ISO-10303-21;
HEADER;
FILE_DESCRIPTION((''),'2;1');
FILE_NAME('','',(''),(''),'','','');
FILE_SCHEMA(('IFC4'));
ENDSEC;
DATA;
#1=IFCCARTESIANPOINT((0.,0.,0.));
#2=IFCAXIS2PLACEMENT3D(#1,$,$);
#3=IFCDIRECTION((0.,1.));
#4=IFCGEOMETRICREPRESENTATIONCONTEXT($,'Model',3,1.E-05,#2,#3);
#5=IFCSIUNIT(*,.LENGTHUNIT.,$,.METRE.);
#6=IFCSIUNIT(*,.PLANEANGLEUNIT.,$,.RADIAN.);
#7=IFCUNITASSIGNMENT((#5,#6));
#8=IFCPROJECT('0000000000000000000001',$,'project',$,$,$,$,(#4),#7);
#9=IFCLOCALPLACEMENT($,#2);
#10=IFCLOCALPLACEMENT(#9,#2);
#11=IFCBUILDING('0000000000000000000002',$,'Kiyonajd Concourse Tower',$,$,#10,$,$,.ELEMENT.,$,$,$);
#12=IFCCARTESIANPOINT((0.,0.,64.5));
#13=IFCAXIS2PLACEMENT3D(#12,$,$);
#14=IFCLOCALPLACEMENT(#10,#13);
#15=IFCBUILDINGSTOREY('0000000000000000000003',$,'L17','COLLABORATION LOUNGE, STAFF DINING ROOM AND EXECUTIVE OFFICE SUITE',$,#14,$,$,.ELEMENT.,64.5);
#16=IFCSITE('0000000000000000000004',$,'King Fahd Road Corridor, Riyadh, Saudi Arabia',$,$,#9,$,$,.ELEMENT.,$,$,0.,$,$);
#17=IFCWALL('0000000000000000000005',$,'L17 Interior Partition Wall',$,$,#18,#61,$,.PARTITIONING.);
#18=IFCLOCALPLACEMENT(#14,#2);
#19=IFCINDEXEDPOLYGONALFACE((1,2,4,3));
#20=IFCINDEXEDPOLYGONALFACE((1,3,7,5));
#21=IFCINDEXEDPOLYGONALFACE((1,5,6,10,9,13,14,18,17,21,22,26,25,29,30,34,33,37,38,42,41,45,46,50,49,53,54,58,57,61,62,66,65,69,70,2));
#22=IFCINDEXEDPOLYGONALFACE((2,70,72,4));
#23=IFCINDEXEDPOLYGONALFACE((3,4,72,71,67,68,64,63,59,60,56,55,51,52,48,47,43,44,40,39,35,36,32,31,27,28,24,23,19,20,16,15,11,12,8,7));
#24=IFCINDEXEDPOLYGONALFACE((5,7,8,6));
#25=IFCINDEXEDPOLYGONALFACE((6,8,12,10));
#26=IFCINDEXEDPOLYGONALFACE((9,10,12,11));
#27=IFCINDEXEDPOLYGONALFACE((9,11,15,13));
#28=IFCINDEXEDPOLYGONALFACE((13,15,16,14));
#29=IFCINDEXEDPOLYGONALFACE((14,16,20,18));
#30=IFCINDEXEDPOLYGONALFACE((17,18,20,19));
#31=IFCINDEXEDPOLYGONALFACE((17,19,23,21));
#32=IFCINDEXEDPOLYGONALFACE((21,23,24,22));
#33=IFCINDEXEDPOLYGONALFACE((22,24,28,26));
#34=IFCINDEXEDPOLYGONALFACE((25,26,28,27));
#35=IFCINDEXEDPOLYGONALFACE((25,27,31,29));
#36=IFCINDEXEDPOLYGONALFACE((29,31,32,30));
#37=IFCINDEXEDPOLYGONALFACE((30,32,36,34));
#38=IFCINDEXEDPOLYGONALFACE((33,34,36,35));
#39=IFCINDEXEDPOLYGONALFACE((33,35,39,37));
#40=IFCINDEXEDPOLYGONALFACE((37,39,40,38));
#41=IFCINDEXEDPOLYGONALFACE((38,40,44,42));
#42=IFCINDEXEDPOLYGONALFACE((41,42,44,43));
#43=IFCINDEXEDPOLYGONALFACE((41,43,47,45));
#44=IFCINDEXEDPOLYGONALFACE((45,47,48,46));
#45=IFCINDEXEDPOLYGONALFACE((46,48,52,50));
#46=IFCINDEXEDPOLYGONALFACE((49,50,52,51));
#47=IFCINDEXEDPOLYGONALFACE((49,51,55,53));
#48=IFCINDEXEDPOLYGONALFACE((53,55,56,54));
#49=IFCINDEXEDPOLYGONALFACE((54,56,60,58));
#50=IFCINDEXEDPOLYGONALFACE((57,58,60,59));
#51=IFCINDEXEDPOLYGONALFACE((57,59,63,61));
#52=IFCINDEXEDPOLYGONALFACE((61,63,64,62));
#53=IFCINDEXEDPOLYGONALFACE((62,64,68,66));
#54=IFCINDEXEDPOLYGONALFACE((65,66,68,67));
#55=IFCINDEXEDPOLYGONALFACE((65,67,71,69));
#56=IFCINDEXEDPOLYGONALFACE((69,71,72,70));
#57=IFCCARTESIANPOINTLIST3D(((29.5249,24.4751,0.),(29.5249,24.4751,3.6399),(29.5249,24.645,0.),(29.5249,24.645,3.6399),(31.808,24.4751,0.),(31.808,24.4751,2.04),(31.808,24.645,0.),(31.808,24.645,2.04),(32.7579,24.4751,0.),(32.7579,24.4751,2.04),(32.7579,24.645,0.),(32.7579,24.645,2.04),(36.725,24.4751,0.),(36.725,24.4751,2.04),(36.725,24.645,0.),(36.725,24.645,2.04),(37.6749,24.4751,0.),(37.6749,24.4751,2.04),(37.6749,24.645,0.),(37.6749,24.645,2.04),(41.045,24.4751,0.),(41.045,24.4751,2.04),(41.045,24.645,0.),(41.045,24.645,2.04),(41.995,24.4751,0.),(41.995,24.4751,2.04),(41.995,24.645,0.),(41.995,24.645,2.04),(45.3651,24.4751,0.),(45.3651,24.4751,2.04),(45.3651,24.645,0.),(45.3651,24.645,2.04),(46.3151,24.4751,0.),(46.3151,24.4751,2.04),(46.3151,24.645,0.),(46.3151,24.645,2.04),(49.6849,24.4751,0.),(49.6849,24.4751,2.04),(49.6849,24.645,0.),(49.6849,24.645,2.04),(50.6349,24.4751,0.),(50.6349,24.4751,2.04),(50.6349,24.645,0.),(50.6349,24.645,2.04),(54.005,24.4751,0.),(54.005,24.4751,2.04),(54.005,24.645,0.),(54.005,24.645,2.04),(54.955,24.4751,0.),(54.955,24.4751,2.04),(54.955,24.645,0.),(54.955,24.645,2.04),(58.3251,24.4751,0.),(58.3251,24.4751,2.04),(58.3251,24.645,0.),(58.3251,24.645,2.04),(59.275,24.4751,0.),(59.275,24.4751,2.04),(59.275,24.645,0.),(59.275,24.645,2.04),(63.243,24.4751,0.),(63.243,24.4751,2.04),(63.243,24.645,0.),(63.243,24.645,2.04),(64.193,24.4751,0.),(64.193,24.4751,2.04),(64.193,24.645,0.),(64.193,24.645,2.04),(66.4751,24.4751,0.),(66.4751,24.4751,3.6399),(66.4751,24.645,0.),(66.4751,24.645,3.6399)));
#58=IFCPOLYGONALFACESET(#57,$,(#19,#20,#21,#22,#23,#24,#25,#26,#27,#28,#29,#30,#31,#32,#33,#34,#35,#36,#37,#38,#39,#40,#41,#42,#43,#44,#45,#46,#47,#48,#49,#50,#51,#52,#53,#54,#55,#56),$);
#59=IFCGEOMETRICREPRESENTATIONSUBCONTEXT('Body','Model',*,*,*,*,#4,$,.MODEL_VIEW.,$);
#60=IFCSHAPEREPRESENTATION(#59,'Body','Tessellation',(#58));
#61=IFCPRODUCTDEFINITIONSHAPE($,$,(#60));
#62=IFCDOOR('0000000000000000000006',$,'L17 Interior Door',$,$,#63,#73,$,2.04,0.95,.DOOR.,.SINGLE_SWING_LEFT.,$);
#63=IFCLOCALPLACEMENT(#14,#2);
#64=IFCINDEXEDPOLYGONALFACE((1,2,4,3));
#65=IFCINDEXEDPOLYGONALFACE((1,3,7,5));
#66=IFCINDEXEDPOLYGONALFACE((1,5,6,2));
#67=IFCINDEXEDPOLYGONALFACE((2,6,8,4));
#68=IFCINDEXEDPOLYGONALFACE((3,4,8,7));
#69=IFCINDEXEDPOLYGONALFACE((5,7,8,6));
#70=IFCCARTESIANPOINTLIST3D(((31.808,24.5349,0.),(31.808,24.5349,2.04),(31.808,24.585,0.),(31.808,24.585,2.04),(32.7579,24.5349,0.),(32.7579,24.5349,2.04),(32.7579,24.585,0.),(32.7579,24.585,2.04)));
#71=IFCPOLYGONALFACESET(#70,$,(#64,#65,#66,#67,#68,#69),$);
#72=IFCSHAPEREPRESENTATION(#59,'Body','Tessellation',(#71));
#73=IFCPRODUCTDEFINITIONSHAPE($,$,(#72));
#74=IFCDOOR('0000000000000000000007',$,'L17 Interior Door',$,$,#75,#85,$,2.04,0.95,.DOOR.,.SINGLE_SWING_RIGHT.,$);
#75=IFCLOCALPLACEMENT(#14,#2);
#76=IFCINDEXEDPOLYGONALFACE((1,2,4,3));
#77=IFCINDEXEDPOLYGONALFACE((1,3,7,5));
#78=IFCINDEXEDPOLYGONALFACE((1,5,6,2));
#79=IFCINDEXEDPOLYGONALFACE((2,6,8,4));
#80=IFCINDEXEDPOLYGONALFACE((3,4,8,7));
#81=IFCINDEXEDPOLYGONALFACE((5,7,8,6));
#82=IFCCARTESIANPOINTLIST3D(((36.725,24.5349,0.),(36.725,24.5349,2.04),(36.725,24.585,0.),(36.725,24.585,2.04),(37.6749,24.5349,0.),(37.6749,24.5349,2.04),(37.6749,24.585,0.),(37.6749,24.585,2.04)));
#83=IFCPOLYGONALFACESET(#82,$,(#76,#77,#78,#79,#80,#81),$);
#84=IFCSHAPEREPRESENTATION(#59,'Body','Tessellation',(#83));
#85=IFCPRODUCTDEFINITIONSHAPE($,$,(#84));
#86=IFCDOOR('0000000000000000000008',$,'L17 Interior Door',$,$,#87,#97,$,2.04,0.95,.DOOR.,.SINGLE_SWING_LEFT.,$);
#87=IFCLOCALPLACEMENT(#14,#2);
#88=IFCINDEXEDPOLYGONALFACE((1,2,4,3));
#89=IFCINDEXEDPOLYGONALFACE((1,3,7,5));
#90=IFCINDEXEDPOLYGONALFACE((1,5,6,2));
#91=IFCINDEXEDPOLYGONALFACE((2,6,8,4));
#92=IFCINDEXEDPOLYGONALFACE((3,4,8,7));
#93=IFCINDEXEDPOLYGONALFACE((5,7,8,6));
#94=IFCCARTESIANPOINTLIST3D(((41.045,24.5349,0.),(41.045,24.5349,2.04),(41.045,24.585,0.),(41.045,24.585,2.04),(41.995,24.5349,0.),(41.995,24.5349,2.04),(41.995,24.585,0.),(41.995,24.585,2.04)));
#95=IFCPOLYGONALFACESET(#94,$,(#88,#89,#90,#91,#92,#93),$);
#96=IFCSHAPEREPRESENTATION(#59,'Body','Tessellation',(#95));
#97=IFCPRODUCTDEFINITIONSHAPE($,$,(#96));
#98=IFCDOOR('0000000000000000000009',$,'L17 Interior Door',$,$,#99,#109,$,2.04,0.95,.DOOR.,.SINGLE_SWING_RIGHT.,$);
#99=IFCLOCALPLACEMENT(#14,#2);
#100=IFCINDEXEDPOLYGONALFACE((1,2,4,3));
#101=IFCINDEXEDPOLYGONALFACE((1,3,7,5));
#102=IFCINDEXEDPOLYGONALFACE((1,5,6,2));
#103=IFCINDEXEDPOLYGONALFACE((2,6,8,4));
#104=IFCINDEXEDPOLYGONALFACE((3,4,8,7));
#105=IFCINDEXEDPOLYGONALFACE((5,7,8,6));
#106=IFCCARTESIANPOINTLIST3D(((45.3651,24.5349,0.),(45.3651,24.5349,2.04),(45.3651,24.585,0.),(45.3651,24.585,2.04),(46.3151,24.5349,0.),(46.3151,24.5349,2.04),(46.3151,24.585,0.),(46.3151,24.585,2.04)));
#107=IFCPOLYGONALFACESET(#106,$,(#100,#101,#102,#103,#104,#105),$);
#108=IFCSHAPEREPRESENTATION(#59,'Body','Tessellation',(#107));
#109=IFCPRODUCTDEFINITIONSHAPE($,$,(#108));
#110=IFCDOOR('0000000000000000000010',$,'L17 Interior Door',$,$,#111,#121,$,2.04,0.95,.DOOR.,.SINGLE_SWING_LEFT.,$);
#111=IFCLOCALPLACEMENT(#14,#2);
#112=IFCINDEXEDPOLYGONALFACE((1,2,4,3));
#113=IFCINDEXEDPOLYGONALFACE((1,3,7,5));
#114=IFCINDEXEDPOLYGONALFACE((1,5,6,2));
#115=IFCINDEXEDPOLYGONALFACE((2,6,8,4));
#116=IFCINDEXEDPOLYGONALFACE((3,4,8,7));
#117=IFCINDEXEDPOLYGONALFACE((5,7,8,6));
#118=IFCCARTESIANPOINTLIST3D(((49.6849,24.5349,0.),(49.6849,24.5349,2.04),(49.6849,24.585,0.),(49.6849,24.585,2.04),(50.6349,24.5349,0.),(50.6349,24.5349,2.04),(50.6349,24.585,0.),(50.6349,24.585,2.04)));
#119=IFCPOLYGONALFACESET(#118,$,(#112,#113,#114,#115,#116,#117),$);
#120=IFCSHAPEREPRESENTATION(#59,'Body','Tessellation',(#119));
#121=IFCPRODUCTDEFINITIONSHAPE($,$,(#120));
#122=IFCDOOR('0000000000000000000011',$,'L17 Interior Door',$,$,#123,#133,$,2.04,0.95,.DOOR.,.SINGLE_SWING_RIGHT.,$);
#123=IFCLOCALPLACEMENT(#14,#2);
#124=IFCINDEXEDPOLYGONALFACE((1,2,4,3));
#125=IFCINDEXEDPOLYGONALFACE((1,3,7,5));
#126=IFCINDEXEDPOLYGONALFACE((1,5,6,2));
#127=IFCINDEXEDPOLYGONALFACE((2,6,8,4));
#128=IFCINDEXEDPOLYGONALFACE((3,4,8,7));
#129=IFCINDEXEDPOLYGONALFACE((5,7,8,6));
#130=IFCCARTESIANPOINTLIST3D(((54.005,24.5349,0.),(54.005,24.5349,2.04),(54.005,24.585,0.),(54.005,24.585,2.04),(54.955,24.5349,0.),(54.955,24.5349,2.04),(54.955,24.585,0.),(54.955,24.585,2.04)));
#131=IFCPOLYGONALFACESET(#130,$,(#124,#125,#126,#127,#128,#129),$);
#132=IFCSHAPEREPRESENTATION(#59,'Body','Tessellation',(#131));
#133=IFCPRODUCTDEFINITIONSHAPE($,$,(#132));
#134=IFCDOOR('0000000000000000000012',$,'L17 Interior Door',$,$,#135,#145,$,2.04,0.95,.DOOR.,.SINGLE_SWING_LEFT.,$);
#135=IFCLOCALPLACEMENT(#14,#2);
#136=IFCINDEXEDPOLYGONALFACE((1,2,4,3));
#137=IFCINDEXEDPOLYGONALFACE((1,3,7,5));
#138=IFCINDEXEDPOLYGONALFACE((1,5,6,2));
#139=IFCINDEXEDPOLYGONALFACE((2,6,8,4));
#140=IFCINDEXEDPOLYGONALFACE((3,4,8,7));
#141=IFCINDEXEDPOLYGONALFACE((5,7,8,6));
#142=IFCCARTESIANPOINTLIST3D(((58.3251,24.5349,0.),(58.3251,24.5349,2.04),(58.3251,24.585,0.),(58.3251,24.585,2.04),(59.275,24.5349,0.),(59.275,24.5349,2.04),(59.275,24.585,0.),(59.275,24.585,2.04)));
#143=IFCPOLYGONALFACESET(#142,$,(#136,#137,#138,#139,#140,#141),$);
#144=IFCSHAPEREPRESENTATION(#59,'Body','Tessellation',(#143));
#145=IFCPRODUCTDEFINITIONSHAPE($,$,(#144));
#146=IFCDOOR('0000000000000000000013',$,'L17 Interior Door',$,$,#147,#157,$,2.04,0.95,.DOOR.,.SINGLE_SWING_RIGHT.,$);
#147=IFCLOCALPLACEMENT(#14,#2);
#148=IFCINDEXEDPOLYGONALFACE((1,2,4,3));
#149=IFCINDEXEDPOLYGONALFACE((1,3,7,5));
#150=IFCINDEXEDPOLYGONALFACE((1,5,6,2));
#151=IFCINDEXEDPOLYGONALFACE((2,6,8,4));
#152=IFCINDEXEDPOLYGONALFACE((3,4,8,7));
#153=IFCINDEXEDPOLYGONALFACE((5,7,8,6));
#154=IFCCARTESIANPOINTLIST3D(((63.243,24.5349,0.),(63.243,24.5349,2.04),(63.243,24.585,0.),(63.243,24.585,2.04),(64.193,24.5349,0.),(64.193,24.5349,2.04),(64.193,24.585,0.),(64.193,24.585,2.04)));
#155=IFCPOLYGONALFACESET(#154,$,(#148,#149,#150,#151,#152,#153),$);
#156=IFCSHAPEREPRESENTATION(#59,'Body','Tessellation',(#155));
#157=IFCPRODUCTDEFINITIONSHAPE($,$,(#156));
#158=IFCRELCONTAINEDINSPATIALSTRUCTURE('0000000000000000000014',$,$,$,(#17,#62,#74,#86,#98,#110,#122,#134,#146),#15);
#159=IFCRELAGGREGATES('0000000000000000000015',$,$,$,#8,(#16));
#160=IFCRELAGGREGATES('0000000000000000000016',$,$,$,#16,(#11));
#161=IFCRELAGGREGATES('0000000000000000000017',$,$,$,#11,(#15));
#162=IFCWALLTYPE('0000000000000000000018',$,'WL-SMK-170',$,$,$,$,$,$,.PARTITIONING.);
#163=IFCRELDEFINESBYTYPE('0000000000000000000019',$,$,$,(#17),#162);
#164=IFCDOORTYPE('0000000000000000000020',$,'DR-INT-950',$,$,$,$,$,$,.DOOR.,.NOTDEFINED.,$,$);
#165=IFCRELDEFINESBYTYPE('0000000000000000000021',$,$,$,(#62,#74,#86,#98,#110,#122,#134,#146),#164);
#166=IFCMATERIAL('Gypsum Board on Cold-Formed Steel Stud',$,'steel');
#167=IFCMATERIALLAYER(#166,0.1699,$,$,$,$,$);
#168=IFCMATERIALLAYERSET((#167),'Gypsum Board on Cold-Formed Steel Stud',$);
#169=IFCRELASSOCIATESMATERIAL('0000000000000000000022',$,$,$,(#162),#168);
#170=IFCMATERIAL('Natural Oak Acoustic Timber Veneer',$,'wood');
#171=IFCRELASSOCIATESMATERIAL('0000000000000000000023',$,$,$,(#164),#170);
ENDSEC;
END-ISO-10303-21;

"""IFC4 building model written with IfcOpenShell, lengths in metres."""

from ifc_helpers import new_model, si_unit, direction, frame, frame_2d, origin, place, context, subcontext, project, spatial, rectangle, extrude, material, layer, layer_set, type_object, element, fill, save


model = new_model("IFC4")

# Units and contexts
model_context = context("Model", 3, precision=1e-05, world=origin(), true_north=direction((0.0, 1.0)))
body_context = subcontext(model_context, "Body", "Model", "MODEL_VIEW")
ifc_project = project(units=[si_unit("LENGTHUNIT", "METRE"), si_unit("PLANEANGLEUNIT", "RADIAN")], contexts=[model_context])

# Site, building, storey
site_placement = place(None, origin())
site = spatial("IfcSite", under=ifc_project, at=site_placement, Name="King Fahd Road Corridor, Riyadh, Saudi Arabia", CompositionType="ELEMENT", RefElevation=0.0)
building_placement = place(site_placement, origin())
building = spatial("IfcBuilding", under=site, at=building_placement, Name="Kiyonajd Concourse Tower", CompositionType="ELEMENT")
storey_placement = place(building_placement, frame((0.0, 0.0, 64.5)))
storey = spatial("IfcBuildingStorey", under=building, at=storey_placement, Name="L17", Description="COLLABORATION LOUNGE, STAFF DINING ROOM AND EXECUTIVE OFFICE SUITE", CompositionType="ELEMENT", Elevation=64.5)

# Wall, openings, doors
ifc_material_1 = material(Name="Gypsum Board on Cold-Formed Steel Stud", Category="steel")
ifc_layer_1 = layer(ifc_material_1, 0.1699)
ifc_layer_set_1 = layer_set([ifc_layer_1], Name="Gypsum Board on Cold-Formed Steel Stud")
wall_type_1 = type_object("IfcWallType", Name="WL-SMK-170", PredefinedType="PARTITIONING", material=ifc_layer_set_1)
wall_1_placement = place(storey_placement, frame((29.5249, 24.5601, 0.0), z_axis=(0.0, 0.0, 1.0), x_axis=(1.0, 0.0, 0.0)))
wall_1 = element("IfcWall", 1, at=wall_1_placement, inside=storey, type_object=wall_type_1, Name="L17 Interior Partition Wall", PredefinedType="PARTITIONING", context=body_context, shape_type="SweptSolid", body=[
    extrude(rectangle(XDim=36.9502, YDim=0.1699, at=frame_2d((18.4751, 0.0))), origin(), (0.0, 0.0, 1.0), 3.6399),
])
opening_1_placement = place(wall_1_placement, frame((2.283, 0.0, 0.0)))
opening_1 = element("IfcOpeningElement", 2, at=opening_1_placement, cuts=wall_1, PredefinedType="OPENING", context=body_context, shape_type="SweptSolid", body=[
    extrude(rectangle(XDim=0.95, YDim=2.04, at=frame_2d((0.4751, 1.02))), frame((0.0, 0.095, 0.0), z_axis=(0.0, -1.0, 0.0), x_axis=(1.0, 0.0, 0.0)), (0.0, 0.0, 1.0), 0.1899),
])
opening_2_placement = place(wall_1_placement, frame((7.2, 0.0, 0.0)))
opening_2 = element("IfcOpeningElement", 3, at=opening_2_placement, cuts=wall_1, PredefinedType="OPENING", context=body_context, shape_type="SweptSolid", body=[
    extrude(rectangle(XDim=0.95, YDim=2.04, at=frame_2d((0.4751, 1.02))), frame((0.0, 0.095, 0.0), z_axis=(0.0, -1.0, 0.0), x_axis=(1.0, 0.0, 0.0)), (0.0, 0.0, 1.0), 0.1899),
])
opening_3_placement = place(wall_1_placement, frame((11.52, 0.0, 0.0)))
opening_3 = element("IfcOpeningElement", 4, at=opening_3_placement, cuts=wall_1, PredefinedType="OPENING", context=body_context, shape_type="SweptSolid", body=[
    extrude(rectangle(XDim=0.95, YDim=2.04, at=frame_2d((0.4751, 1.02))), frame((0.0, 0.095, 0.0), z_axis=(0.0, -1.0, 0.0), x_axis=(1.0, 0.0, 0.0)), (0.0, 0.0, 1.0), 0.1899),
])
opening_4_placement = place(wall_1_placement, frame((15.8401, 0.0, 0.0)))
opening_4 = element("IfcOpeningElement", 5, at=opening_4_placement, cuts=wall_1, PredefinedType="OPENING", context=body_context, shape_type="SweptSolid", body=[
    extrude(rectangle(XDim=0.95, YDim=2.04, at=frame_2d((0.4751, 1.02))), frame((0.0, 0.095, 0.0), z_axis=(0.0, -1.0, 0.0), x_axis=(1.0, 0.0, 0.0)), (0.0, 0.0, 1.0), 0.1899),
])
opening_5_placement = place(wall_1_placement, frame((20.1599, 0.0, 0.0)))
opening_5 = element("IfcOpeningElement", 6, at=opening_5_placement, cuts=wall_1, PredefinedType="OPENING", context=body_context, shape_type="SweptSolid", body=[
    extrude(rectangle(XDim=0.95, YDim=2.04, at=frame_2d((0.4751, 1.02))), frame((0.0, 0.095, 0.0), z_axis=(0.0, -1.0, 0.0), x_axis=(1.0, 0.0, 0.0)), (0.0, 0.0, 1.0), 0.1899),
])
opening_6_placement = place(wall_1_placement, frame((24.48, 0.0, 0.0)))
opening_6 = element("IfcOpeningElement", 7, at=opening_6_placement, cuts=wall_1, PredefinedType="OPENING", context=body_context, shape_type="SweptSolid", body=[
    extrude(rectangle(XDim=0.95, YDim=2.04, at=frame_2d((0.4751, 1.02))), frame((0.0, 0.095, 0.0), z_axis=(0.0, -1.0, 0.0), x_axis=(1.0, 0.0, 0.0)), (0.0, 0.0, 1.0), 0.1899),
])
opening_7_placement = place(wall_1_placement, frame((28.8, 0.0, 0.0)))
opening_7 = element("IfcOpeningElement", 8, at=opening_7_placement, cuts=wall_1, PredefinedType="OPENING", context=body_context, shape_type="SweptSolid", body=[
    extrude(rectangle(XDim=0.95, YDim=2.04, at=frame_2d((0.4751, 1.02))), frame((0.0, 0.095, 0.0), z_axis=(0.0, -1.0, 0.0), x_axis=(1.0, 0.0, 0.0)), (0.0, 0.0, 1.0), 0.1899),
])
opening_8_placement = place(wall_1_placement, frame((33.718, 0.0, 0.0)))
opening_8 = element("IfcOpeningElement", 9, at=opening_8_placement, cuts=wall_1, PredefinedType="OPENING", context=body_context, shape_type="SweptSolid", body=[
    extrude(rectangle(XDim=0.95, YDim=2.04, at=frame_2d((0.4751, 1.02))), frame((0.0, 0.095, 0.0), z_axis=(0.0, -1.0, 0.0), x_axis=(1.0, 0.0, 0.0)), (0.0, 0.0, 1.0), 0.1899),
])
ifc_material_2 = material(Name="Natural Oak Acoustic Timber Veneer", Category="wood")
door_type_1 = type_object("IfcDoorType", Name="DR-INT-950", OperationType="NOTDEFINED", PredefinedType="DOOR", material=ifc_material_2)
door_1_placement = place(opening_1_placement, origin())
door_1 = element("IfcDoor", 10, at=door_1_placement, inside=storey, type_object=door_type_1, Name="L17 Interior Door", OperationType="SINGLE_SWING_LEFT", OverallHeight=2.04, OverallWidth=0.95, PredefinedType="DOOR", context=body_context, shape_type="SweptSolid", body=[
    extrude(rectangle(XDim=0.95, YDim=2.04, at=frame_2d((0.4751, 1.02))), frame((0.0, 0.0249, 0.0), z_axis=(0.0, -1.0, 0.0), x_axis=(1.0, 0.0, 0.0)), (0.0, 0.0, 1.0), 0.05),
])
fill(opening_1, door_1)
door_2_placement = place(opening_2_placement, origin())
door_2 = element("IfcDoor", 11, at=door_2_placement, inside=storey, type_object=door_type_1, Name="L17 Interior Door", OperationType="SINGLE_SWING_RIGHT", OverallHeight=2.04, OverallWidth=0.95, PredefinedType="DOOR", context=body_context, shape_type="SweptSolid", body=[
    extrude(rectangle(XDim=0.95, YDim=2.04, at=frame_2d((0.4751, 1.02))), frame((0.0, 0.0249, 0.0), z_axis=(0.0, -1.0, 0.0), x_axis=(1.0, 0.0, 0.0)), (0.0, 0.0, 1.0), 0.05),
])
fill(opening_2, door_2)
door_3_placement = place(opening_3_placement, origin())
door_3 = element("IfcDoor", 12, at=door_3_placement, inside=storey, type_object=door_type_1, Name="L17 Interior Door", OperationType="SINGLE_SWING_LEFT", OverallHeight=2.04, OverallWidth=0.95, PredefinedType="DOOR", context=body_context, shape_type="SweptSolid", body=[
    extrude(rectangle(XDim=0.95, YDim=2.04, at=frame_2d((0.4751, 1.02))), frame((0.0, 0.0249, 0.0), z_axis=(0.0, -1.0, 0.0), x_axis=(1.0, 0.0, 0.0)), (0.0, 0.0, 1.0), 0.05),
])
fill(opening_3, door_3)
door_4_placement = place(opening_4_placement, origin())
door_4 = element("IfcDoor", 13, at=door_4_placement, inside=storey, type_object=door_type_1, Name="L17 Interior Door", OperationType="SINGLE_SWING_RIGHT", OverallHeight=2.04, OverallWidth=0.95, PredefinedType="DOOR", context=body_context, shape_type="SweptSolid", body=[
    extrude(rectangle(XDim=0.95, YDim=2.04, at=frame_2d((0.4751, 1.02))), frame((0.0, 0.0249, 0.0), z_axis=(0.0, -1.0, 0.0), x_axis=(1.0, 0.0, 0.0)), (0.0, 0.0, 1.0), 0.05),
])
fill(opening_4, door_4)
door_5_placement = place(opening_5_placement, origin())
door_5 = element("IfcDoor", 14, at=door_5_placement, inside=storey, type_object=door_type_1, Name="L17 Interior Door", OperationType="SINGLE_SWING_LEFT", OverallHeight=2.04, OverallWidth=0.95, PredefinedType="DOOR", context=body_context, shape_type="SweptSolid", body=[
    extrude(rectangle(XDim=0.95, YDim=2.04, at=frame_2d((0.4751, 1.02))), frame((0.0, 0.0249, 0.0), z_axis=(0.0, -1.0, 0.0), x_axis=(1.0, 0.0, 0.0)), (0.0, 0.0, 1.0), 0.05),
])
fill(opening_5, door_5)
door_6_placement = place(opening_6_placement, origin())
door_6 = element("IfcDoor", 15, at=door_6_placement, inside=storey, type_object=door_type_1, Name="L17 Interior Door", OperationType="SINGLE_SWING_RIGHT", OverallHeight=2.04, OverallWidth=0.95, PredefinedType="DOOR", context=body_context, shape_type="SweptSolid", body=[
    extrude(rectangle(XDim=0.95, YDim=2.04, at=frame_2d((0.4751, 1.02))), frame((0.0, 0.0249, 0.0), z_axis=(0.0, -1.0, 0.0), x_axis=(1.0, 0.0, 0.0)), (0.0, 0.0, 1.0), 0.05),
])
fill(opening_6, door_6)
door_7_placement = place(opening_7_placement, origin())
door_7 = element("IfcDoor", 16, at=door_7_placement, inside=storey, type_object=door_type_1, Name="L17 Interior Door", OperationType="SINGLE_SWING_LEFT", OverallHeight=2.04, OverallWidth=0.95, PredefinedType="DOOR", context=body_context, shape_type="SweptSolid", body=[
    extrude(rectangle(XDim=0.95, YDim=2.04, at=frame_2d((0.4751, 1.02))), frame((0.0, 0.0249, 0.0), z_axis=(0.0, -1.0, 0.0), x_axis=(1.0, 0.0, 0.0)), (0.0, 0.0, 1.0), 0.05),
])
fill(opening_7, door_7)
door_8_placement = place(opening_8_placement, origin())
door_8 = element("IfcDoor", 17, at=door_8_placement, inside=storey, type_object=door_type_1, Name="L17 Interior Door", OperationType="SINGLE_SWING_RIGHT", OverallHeight=2.04, OverallWidth=0.95, PredefinedType="DOOR", context=body_context, shape_type="SweptSolid", body=[
    extrude(rectangle(XDim=0.95, YDim=2.04, at=frame_2d((0.4751, 1.02))), frame((0.0, 0.0249, 0.0), z_axis=(0.0, -1.0, 0.0), x_axis=(1.0, 0.0, 0.0)), (0.0, 0.0, 1.0), 0.05),
])
fill(opening_8, door_8)

save(model, "model.ifc")
